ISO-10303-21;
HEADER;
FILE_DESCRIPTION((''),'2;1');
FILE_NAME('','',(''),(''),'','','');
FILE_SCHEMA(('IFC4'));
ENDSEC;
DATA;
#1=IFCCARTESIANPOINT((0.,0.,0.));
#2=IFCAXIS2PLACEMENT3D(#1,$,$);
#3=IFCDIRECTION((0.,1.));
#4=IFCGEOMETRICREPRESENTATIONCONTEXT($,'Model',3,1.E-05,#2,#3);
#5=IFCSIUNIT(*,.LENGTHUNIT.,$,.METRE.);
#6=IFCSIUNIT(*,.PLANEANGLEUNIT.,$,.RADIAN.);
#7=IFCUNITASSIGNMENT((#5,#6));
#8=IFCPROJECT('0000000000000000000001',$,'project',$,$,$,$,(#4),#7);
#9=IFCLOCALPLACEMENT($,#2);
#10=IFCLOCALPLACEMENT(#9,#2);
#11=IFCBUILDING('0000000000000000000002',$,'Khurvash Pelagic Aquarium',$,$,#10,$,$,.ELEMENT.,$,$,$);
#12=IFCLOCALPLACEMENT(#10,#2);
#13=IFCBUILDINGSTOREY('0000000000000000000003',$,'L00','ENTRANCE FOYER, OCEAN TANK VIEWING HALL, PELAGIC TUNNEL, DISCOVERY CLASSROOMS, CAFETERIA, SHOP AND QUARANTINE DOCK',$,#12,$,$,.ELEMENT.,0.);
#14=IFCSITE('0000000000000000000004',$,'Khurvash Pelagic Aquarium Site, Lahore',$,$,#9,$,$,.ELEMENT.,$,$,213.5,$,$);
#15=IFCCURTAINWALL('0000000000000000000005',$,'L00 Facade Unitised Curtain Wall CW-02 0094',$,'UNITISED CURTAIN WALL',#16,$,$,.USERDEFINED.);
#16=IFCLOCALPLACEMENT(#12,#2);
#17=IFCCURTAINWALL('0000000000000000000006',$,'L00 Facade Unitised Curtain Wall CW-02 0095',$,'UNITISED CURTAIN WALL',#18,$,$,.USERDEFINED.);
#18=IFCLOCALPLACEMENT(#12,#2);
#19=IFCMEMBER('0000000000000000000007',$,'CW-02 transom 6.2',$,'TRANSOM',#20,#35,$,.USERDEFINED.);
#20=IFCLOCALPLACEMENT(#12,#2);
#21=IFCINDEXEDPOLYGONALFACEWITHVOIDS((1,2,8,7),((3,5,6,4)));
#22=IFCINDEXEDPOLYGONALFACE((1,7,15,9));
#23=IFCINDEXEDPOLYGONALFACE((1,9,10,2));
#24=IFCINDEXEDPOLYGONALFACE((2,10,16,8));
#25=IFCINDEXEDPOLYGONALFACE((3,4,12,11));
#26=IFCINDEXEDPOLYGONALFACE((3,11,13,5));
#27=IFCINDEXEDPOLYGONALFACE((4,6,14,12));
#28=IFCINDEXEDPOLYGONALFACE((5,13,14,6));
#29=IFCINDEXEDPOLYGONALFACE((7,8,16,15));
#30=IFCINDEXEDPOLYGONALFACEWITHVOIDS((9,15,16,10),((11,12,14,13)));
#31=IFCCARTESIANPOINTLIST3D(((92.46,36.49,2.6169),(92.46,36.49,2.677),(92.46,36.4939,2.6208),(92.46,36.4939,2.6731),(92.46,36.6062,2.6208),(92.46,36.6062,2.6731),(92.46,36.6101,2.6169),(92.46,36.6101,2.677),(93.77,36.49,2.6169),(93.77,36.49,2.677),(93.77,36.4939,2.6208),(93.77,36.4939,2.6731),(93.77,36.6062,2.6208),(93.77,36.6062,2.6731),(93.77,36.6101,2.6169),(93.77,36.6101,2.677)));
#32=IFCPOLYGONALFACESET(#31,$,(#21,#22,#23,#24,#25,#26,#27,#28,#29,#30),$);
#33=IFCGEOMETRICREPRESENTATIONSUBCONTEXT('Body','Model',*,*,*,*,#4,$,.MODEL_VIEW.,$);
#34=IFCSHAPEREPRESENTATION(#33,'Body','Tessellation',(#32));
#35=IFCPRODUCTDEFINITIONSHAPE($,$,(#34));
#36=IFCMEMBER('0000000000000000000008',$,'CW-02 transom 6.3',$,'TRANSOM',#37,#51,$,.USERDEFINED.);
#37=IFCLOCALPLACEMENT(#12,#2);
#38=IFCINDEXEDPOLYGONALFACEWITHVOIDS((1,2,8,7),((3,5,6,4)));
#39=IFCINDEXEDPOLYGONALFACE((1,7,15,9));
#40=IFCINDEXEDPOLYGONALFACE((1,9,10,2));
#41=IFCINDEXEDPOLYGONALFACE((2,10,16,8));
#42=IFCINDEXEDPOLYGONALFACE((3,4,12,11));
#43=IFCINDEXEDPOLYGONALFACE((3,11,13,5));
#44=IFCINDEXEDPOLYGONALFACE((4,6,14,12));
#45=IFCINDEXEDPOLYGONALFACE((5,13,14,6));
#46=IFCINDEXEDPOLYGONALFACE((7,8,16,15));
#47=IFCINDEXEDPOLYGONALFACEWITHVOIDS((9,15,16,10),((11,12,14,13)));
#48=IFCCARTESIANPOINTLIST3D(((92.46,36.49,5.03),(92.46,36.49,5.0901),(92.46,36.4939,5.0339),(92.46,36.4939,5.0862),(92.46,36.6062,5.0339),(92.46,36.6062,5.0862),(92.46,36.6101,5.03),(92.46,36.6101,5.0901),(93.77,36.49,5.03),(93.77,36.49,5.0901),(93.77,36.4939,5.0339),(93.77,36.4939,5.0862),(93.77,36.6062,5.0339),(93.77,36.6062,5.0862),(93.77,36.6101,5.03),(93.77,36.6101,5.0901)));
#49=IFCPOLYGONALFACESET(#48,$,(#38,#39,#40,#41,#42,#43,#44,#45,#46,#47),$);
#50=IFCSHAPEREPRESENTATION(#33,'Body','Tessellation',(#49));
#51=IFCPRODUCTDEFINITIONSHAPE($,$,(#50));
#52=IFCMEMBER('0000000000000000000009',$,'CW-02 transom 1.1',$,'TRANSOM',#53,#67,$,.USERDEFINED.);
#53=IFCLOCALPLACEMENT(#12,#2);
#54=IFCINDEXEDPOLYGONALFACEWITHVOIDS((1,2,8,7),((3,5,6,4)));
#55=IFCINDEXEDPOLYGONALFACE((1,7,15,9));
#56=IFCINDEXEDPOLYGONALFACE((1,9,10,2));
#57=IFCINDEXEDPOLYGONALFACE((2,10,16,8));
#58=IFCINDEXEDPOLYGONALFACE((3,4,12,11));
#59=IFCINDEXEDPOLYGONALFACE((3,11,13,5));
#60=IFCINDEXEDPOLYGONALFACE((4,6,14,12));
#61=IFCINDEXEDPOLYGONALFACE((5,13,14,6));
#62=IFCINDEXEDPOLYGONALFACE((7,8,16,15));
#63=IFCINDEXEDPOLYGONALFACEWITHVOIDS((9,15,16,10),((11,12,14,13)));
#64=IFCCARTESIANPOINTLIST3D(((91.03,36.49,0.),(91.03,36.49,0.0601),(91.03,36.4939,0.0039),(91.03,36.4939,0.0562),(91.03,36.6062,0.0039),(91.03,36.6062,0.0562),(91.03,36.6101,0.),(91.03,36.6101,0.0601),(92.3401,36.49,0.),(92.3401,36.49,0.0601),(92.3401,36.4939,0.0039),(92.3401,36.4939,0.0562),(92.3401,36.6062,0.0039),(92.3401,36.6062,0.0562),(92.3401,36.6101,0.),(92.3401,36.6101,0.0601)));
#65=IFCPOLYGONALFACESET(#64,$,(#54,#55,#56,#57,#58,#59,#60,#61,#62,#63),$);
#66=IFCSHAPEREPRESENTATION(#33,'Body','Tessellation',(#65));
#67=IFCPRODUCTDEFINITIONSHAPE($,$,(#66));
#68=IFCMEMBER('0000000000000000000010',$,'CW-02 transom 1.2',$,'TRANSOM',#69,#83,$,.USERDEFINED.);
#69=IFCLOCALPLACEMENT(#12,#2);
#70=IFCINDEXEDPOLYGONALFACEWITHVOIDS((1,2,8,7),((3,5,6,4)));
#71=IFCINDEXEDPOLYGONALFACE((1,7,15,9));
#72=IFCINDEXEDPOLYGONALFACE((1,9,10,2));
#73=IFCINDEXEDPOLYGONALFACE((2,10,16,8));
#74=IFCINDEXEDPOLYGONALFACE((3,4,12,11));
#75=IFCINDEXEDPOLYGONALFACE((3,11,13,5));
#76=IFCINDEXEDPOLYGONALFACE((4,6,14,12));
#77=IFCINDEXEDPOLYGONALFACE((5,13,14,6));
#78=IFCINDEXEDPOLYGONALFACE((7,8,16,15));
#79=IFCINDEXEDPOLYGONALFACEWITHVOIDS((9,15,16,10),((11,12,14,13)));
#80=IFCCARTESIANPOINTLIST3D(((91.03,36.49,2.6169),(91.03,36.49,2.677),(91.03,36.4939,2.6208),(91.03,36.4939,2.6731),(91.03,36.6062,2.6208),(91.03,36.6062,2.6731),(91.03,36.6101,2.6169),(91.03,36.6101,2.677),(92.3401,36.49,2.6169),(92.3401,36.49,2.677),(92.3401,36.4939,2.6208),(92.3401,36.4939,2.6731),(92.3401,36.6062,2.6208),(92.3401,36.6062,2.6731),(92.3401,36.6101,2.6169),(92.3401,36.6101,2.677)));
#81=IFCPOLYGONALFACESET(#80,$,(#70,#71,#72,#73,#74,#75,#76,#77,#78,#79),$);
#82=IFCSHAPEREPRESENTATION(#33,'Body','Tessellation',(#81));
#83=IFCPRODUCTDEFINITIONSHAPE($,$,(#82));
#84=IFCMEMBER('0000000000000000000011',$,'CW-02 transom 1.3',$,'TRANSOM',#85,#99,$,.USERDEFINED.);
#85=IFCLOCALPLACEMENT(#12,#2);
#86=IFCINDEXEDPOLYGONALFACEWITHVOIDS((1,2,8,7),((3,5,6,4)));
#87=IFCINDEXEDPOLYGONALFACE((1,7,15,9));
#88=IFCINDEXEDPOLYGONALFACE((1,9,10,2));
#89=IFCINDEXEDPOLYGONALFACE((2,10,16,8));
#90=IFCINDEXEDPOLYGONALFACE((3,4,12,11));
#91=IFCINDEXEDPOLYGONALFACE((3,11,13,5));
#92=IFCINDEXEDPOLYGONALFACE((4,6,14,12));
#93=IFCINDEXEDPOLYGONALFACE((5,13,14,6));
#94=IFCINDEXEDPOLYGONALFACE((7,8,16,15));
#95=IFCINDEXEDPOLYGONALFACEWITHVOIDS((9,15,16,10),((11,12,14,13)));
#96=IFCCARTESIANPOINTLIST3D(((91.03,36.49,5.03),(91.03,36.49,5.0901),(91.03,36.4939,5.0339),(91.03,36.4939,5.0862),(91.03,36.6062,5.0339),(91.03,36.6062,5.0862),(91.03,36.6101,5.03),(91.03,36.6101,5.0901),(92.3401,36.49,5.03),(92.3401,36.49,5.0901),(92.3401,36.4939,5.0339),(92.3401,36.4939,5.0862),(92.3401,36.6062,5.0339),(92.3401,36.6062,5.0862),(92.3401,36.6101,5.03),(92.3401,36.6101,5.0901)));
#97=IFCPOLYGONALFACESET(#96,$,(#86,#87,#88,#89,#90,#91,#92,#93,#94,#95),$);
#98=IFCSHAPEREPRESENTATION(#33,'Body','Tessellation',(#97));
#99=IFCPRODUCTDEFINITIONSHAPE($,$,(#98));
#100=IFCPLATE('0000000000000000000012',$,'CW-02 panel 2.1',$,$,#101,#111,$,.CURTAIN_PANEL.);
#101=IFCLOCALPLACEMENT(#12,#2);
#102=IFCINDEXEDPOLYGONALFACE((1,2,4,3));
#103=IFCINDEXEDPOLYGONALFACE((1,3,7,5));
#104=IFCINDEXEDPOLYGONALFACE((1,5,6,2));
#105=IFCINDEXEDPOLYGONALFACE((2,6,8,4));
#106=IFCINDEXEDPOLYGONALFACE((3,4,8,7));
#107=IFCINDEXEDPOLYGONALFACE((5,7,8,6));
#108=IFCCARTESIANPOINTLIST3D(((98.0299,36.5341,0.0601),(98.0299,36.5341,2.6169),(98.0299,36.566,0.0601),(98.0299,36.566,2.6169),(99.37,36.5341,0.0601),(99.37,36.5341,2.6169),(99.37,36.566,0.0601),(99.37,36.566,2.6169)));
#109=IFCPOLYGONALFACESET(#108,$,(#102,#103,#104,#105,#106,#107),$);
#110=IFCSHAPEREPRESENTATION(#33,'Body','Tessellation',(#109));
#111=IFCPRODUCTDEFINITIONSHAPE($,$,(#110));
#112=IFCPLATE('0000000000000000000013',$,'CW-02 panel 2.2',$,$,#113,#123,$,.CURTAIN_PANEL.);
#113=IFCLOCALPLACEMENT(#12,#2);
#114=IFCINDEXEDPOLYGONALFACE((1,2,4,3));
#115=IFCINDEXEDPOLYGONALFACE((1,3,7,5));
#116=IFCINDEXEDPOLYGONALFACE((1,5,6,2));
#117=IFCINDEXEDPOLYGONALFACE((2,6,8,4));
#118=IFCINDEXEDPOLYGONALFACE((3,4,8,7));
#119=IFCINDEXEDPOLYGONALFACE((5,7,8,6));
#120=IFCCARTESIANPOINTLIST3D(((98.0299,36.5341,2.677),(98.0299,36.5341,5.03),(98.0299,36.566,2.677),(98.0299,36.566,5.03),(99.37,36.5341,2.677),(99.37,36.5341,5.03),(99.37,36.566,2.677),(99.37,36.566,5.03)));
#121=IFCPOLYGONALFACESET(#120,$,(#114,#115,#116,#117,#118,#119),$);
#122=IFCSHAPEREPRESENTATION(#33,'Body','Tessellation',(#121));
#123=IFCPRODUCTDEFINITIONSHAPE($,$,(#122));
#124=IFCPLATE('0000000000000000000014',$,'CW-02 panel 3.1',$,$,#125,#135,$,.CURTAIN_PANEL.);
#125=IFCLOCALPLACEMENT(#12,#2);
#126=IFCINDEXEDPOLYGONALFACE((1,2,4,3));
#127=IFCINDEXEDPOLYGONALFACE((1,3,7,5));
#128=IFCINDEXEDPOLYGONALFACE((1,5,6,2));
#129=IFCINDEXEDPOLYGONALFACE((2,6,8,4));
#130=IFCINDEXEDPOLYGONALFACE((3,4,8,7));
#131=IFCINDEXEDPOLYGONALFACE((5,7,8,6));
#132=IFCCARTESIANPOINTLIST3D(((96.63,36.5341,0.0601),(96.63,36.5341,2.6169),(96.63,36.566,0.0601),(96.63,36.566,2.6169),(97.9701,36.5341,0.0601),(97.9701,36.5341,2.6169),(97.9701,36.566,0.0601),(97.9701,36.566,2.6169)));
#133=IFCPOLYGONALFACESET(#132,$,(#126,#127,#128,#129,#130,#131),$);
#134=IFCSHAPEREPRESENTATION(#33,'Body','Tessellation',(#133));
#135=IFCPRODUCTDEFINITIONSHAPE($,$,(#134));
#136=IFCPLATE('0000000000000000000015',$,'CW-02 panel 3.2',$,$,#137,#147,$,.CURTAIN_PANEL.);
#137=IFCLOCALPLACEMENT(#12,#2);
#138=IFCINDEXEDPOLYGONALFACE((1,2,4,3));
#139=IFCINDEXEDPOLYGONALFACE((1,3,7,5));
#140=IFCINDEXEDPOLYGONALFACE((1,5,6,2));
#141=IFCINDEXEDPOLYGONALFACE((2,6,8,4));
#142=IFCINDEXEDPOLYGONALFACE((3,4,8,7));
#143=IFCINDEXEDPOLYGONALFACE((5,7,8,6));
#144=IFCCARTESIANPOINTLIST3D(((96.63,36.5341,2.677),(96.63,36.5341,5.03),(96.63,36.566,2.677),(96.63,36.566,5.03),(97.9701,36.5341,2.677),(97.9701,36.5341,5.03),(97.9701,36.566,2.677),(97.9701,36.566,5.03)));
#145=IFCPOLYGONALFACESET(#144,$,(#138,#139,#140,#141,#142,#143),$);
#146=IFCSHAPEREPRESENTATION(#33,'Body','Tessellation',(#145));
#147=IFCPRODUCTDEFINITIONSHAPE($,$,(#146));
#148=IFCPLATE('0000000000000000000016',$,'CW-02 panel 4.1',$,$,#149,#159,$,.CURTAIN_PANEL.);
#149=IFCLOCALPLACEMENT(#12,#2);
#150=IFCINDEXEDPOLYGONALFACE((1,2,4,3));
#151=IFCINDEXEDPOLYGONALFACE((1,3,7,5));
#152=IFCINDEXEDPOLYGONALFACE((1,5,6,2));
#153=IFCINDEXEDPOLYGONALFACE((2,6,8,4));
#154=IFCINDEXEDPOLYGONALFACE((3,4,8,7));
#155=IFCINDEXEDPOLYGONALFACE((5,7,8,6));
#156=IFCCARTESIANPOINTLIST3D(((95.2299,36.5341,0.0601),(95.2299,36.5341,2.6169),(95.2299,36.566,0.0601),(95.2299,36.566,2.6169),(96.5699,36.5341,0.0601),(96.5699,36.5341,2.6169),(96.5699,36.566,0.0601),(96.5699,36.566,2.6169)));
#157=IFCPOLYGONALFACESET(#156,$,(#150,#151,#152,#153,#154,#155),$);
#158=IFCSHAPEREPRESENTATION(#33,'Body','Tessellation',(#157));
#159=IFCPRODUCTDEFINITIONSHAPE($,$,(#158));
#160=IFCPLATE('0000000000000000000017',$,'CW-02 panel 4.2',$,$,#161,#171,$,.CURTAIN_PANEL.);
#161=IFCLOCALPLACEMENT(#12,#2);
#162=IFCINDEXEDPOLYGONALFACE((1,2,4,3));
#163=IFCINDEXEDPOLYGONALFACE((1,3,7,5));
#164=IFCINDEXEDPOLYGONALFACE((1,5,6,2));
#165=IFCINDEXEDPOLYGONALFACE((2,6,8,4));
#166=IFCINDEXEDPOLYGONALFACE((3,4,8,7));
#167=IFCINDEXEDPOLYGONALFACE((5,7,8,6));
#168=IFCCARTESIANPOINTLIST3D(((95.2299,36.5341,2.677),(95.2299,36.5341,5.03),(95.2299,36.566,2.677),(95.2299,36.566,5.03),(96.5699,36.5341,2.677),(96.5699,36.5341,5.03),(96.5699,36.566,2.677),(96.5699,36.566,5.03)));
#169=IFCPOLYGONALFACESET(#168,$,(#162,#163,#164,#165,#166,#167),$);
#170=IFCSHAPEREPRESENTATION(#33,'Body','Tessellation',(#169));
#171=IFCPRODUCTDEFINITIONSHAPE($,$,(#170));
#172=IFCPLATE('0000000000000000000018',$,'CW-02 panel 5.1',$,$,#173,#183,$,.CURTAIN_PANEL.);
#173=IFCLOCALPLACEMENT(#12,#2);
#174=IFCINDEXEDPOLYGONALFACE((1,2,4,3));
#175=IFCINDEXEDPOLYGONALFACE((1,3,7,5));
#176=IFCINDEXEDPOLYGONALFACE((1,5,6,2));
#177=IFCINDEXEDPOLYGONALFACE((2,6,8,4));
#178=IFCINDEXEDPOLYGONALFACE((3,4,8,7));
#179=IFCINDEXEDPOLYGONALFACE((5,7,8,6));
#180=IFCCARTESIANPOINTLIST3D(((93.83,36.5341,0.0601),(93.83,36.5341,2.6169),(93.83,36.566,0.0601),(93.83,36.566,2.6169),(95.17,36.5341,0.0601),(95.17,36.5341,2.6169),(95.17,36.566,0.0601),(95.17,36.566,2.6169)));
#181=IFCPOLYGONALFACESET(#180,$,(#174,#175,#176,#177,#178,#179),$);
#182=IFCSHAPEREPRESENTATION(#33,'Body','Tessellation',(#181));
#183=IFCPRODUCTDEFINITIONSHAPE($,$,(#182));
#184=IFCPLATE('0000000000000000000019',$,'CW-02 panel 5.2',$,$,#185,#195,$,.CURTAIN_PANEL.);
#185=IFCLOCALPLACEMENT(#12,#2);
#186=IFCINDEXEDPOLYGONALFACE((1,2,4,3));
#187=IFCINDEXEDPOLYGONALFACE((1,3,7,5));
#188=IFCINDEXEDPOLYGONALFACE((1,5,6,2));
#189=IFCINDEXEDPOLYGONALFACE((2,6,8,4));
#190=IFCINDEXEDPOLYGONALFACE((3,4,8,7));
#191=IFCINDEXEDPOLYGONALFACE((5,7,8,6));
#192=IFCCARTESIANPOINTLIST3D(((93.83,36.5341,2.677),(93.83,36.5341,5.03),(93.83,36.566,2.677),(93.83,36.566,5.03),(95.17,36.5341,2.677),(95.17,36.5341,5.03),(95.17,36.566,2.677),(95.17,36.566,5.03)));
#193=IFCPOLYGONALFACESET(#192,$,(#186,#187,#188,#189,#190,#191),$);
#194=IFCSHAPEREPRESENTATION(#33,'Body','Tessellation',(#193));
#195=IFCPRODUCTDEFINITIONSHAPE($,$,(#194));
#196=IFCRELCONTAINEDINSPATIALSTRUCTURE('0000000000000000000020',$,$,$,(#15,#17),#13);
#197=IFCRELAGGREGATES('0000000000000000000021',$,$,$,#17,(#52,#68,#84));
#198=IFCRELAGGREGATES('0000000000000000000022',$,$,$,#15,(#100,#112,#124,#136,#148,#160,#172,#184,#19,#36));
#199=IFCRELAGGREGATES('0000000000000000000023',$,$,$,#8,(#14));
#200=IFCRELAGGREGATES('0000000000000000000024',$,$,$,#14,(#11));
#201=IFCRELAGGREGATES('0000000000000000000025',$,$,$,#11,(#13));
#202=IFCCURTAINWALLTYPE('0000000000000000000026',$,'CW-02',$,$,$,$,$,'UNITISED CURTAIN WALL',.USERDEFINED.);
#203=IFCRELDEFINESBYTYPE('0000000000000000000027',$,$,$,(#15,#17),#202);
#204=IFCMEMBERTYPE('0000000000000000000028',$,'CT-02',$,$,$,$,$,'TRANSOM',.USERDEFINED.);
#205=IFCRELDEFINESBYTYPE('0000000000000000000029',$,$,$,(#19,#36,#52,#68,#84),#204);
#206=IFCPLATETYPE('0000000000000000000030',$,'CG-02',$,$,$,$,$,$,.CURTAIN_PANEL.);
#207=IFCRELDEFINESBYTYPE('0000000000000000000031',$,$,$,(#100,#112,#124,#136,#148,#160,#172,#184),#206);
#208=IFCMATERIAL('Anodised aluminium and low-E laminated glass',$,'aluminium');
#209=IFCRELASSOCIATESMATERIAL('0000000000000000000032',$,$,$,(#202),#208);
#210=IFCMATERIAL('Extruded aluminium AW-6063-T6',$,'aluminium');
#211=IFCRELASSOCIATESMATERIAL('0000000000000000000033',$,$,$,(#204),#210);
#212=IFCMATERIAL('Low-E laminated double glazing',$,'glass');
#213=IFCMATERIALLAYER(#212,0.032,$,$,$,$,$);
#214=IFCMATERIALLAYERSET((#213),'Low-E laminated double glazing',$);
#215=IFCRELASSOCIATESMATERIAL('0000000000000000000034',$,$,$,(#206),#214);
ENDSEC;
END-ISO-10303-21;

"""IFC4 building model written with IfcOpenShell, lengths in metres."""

from ifc_helpers import new_model, si_unit, direction, frame, origin, origin_2d, place, context, subcontext, project, spatial, rectangle, hollow_rectangle, extrude, material, layer, layer_set, material_profile, profile_set, type_object, element, aggregate, save


model = new_model("IFC4")

# Units and contexts
model_context = context("Model", 3, precision=1e-05, world=origin(), true_north=direction((0.0, 1.0)))
body_context = subcontext(model_context, "Body", "Model", "MODEL_VIEW")
ifc_project = project(units=[si_unit("LENGTHUNIT", "METRE"), si_unit("PLANEANGLEUNIT", "RADIAN")], contexts=[model_context])

# Site, building, storey
site_placement = place(None, origin())
site = spatial("IfcSite", under=ifc_project, at=site_placement, Name="Khurvash Pelagic Aquarium Site, Lahore", CompositionType="ELEMENT", RefElevation=213.5)
building_placement = place(site_placement, origin())
building = spatial("IfcBuilding", under=site, at=building_placement, Name="Khurvash Pelagic Aquarium", CompositionType="ELEMENT")
storey_placement = place(building_placement, origin())
storey = spatial("IfcBuildingStorey", under=building, at=storey_placement, Name="L00", Description="ENTRANCE FOYER, OCEAN TANK VIEWING HALL, PELAGIC TUNNEL, DISCOVERY CLASSROOMS, CAFETERIA, SHOP AND QUARANTINE DOCK", CompositionType="ELEMENT", Elevation=0.0)

# Curtain wall
ifc_material_1 = material(Name="Anodised aluminium and low-E laminated glass", Category="aluminium")
curtain_wall_type = type_object("IfcCurtainWallType", Name="CW-02", ElementType="UNITISED CURTAIN WALL", PredefinedType="USERDEFINED", material=ifc_material_1)
curtain_wall_1_placement = place(storey_placement, origin())
curtain_wall_1 = element("IfcCurtainWall", 1, at=curtain_wall_1_placement, inside=storey, type_object=curtain_wall_type, Name="L00 Facade Unitised Curtain Wall CW-02 0094", ObjectType="UNITISED CURTAIN WALL", PredefinedType="USERDEFINED")
ifc_material_2 = material(Name="Extruded aluminium AW-6063-T6", Category="aluminium")

# Curtain wall
curtain_wall_2_placement = place(storey_placement, origin())
curtain_wall_2 = element("IfcCurtainWall", 2, at=curtain_wall_2_placement, inside=storey, type_object=curtain_wall_type, Name="L00 Facade Unitised Curtain Wall CW-02 0095", ObjectType="UNITISED CURTAIN WALL", PredefinedType="USERDEFINED")

# Members
ifc_material_profile_1 = material_profile(ifc_material_2, hollow_rectangle(XDim=0.1201, YDim=0.0601, WallThickness=0.0039, at=origin_2d()), Name="CWT120X60X4")
ifc_profile_set_1 = profile_set([ifc_material_profile_1], Name="Extruded aluminium AW-6063-T6")
member_type_1 = type_object("IfcMemberType", Name="CT-02", ElementType="TRANSOM", PredefinedType="USERDEFINED", material=ifc_profile_set_1)
member_1_placement = place(storey_placement, frame((93.77, 36.55, 2.647), z_axis=(-1.0, 0.0, 0.0), x_axis=(0.0, -1.0, 0.0)))
member_1 = element("IfcMember", 3, at=member_1_placement, type_object=member_type_1, Name="CW-02 transom 6.2", ObjectType="TRANSOM", PredefinedType="USERDEFINED", context=body_context, shape_type="SweptSolid", body=[
    extrude(hollow_rectangle(XDim=0.1201, YDim=0.0601, WallThickness=0.0039, at=origin_2d()), origin(), (0.0, 0.0, 1.0), 1.3101),
])
member_2_placement = place(storey_placement, frame((93.77, 36.55, 5.0601), z_axis=(-1.0, 0.0, 0.0), x_axis=(0.0, -1.0, 0.0)))
member_2 = element("IfcMember", 4, at=member_2_placement, type_object=member_type_1, Name="CW-02 transom 6.3", ObjectType="TRANSOM", PredefinedType="USERDEFINED", context=body_context, shape_type="SweptSolid", body=[
    extrude(hollow_rectangle(XDim=0.1201, YDim=0.0601, WallThickness=0.0039, at=origin_2d()), origin(), (0.0, 0.0, 1.0), 1.3101),
])
member_3_placement = place(storey_placement, frame((92.3401, 36.55, 0.03), z_axis=(-1.0, 0.0, 0.0), x_axis=(0.0, -1.0, 0.0)))
member_3 = element("IfcMember", 5, at=member_3_placement, type_object=member_type_1, Name="CW-02 transom 1.1", ObjectType="TRANSOM", PredefinedType="USERDEFINED", context=body_context, shape_type="SweptSolid", body=[
    extrude(hollow_rectangle(XDim=0.1201, YDim=0.0601, WallThickness=0.0039, at=origin_2d()), origin(), (0.0, 0.0, 1.0), 1.3101),
])
member_4_placement = place(storey_placement, frame((92.3401, 36.55, 2.647), z_axis=(-1.0, 0.0, 0.0), x_axis=(0.0, -1.0, 0.0)))
member_4 = element("IfcMember", 6, at=member_4_placement, type_object=member_type_1, Name="CW-02 transom 1.2", ObjectType="TRANSOM", PredefinedType="USERDEFINED", context=body_context, shape_type="SweptSolid", body=[
    extrude(hollow_rectangle(XDim=0.1201, YDim=0.0601, WallThickness=0.0039, at=origin_2d()), origin(), (0.0, 0.0, 1.0), 1.3101),
])
member_5_placement = place(storey_placement, frame((92.3401, 36.55, 5.0601), z_axis=(-1.0, 0.0, 0.0), x_axis=(0.0, -1.0, 0.0)))
member_5 = element("IfcMember", 7, at=member_5_placement, type_object=member_type_1, Name="CW-02 transom 1.3", ObjectType="TRANSOM", PredefinedType="USERDEFINED", context=body_context, shape_type="SweptSolid", body=[
    extrude(hollow_rectangle(XDim=0.1201, YDim=0.0601, WallThickness=0.0039, at=origin_2d()), origin(), (0.0, 0.0, 1.0), 1.3101),
])
aggregate(curtain_wall_2, [member_3, member_4, member_5])

# Plates
ifc_material_3 = material(Name="Low-E laminated double glazing", Category="glass")
ifc_layer = layer(ifc_material_3, 0.032)
ifc_layer_set = layer_set([ifc_layer], Name="Low-E laminated double glazing")
plate_type = type_object("IfcPlateType", Name="CG-02", PredefinedType="CURTAIN_PANEL", material=ifc_layer_set)
plate_1_placement = place(storey_placement, frame((98.7, 36.55, 0.0601), z_axis=(0.0, 0.0, 1.0), x_axis=(-1.0, 0.0, 0.0)))
plate_1 = element("IfcPlate", 8, at=plate_1_placement, type_object=plate_type, Name="CW-02 panel 2.1", PredefinedType="CURTAIN_PANEL", context=body_context, shape_type="SweptSolid", body=[
    extrude(rectangle(XDim=1.3401, YDim=0.032, at=origin_2d()), origin(), (0.0, 0.0, 1.0), 2.5569),
])
plate_2_placement = place(storey_placement, frame((98.7, 36.55, 2.677), z_axis=(0.0, 0.0, 1.0), x_axis=(-1.0, 0.0, 0.0)))
plate_2 = element("IfcPlate", 9, at=plate_2_placement, type_object=plate_type, Name="CW-02 panel 2.2", PredefinedType="CURTAIN_PANEL", context=body_context, shape_type="SweptSolid", body=[
    extrude(rectangle(XDim=1.3401, YDim=0.032, at=origin_2d()), origin(), (0.0, 0.0, 1.0), 2.353),
])
plate_3_placement = place(storey_placement, frame((97.3, 36.55, 0.0601), z_axis=(0.0, 0.0, 1.0), x_axis=(-1.0, 0.0, 0.0)))
plate_3 = element("IfcPlate", 10, at=plate_3_placement, type_object=plate_type, Name="CW-02 panel 3.1", PredefinedType="CURTAIN_PANEL", context=body_context, shape_type="SweptSolid", body=[
    extrude(rectangle(XDim=1.3401, YDim=0.032, at=origin_2d()), origin(), (0.0, 0.0, 1.0), 2.5569),
])
plate_4_placement = place(storey_placement, frame((97.3, 36.55, 2.677), z_axis=(0.0, 0.0, 1.0), x_axis=(-1.0, 0.0, 0.0)))
plate_4 = element("IfcPlate", 11, at=plate_4_placement, type_object=plate_type, Name="CW-02 panel 3.2", PredefinedType="CURTAIN_PANEL", context=body_context, shape_type="SweptSolid", body=[
    extrude(rectangle(XDim=1.3401, YDim=0.032, at=origin_2d()), origin(), (0.0, 0.0, 1.0), 2.353),
])
plate_5_placement = place(storey_placement, frame((95.8999, 36.55, 0.0601), z_axis=(0.0, 0.0, 1.0), x_axis=(-1.0, 0.0, 0.0)))
plate_5 = element("IfcPlate", 12, at=plate_5_placement, type_object=plate_type, Name="CW-02 panel 4.1", PredefinedType="CURTAIN_PANEL", context=body_context, shape_type="SweptSolid", body=[
    extrude(rectangle(XDim=1.3401, YDim=0.032, at=origin_2d()), origin(), (0.0, 0.0, 1.0), 2.5569),
])
plate_6_placement = place(storey_placement, frame((95.8999, 36.55, 2.677), z_axis=(0.0, 0.0, 1.0), x_axis=(-1.0, 0.0, 0.0)))
plate_6 = element("IfcPlate", 13, at=plate_6_placement, type_object=plate_type, Name="CW-02 panel 4.2", PredefinedType="CURTAIN_PANEL", context=body_context, shape_type="SweptSolid", body=[
    extrude(rectangle(XDim=1.3401, YDim=0.032, at=origin_2d()), origin(), (0.0, 0.0, 1.0), 2.353),
])
plate_7_placement = place(storey_placement, frame((94.5, 36.55, 0.0601), z_axis=(0.0, 0.0, 1.0), x_axis=(-1.0, 0.0, 0.0)))
plate_7 = element("IfcPlate", 14, at=plate_7_placement, type_object=plate_type, Name="CW-02 panel 5.1", PredefinedType="CURTAIN_PANEL", context=body_context, shape_type="SweptSolid", body=[
    extrude(rectangle(XDim=1.3401, YDim=0.032, at=origin_2d()), origin(), (0.0, 0.0, 1.0), 2.5569),
])
plate_8_placement = place(storey_placement, frame((94.5, 36.55, 2.677), z_axis=(0.0, 0.0, 1.0), x_axis=(-1.0, 0.0, 0.0)))
plate_8 = element("IfcPlate", 15, at=plate_8_placement, type_object=plate_type, Name="CW-02 panel 5.2", PredefinedType="CURTAIN_PANEL", context=body_context, shape_type="SweptSolid", body=[
    extrude(rectangle(XDim=1.3401, YDim=0.032, at=origin_2d()), origin(), (0.0, 0.0, 1.0), 2.353),
])
aggregate(curtain_wall_1, [plate_1, plate_2, plate_3, plate_4, plate_5, plate_6, plate_7, plate_8, member_1, member_2])

save(model, "model.ifc")
